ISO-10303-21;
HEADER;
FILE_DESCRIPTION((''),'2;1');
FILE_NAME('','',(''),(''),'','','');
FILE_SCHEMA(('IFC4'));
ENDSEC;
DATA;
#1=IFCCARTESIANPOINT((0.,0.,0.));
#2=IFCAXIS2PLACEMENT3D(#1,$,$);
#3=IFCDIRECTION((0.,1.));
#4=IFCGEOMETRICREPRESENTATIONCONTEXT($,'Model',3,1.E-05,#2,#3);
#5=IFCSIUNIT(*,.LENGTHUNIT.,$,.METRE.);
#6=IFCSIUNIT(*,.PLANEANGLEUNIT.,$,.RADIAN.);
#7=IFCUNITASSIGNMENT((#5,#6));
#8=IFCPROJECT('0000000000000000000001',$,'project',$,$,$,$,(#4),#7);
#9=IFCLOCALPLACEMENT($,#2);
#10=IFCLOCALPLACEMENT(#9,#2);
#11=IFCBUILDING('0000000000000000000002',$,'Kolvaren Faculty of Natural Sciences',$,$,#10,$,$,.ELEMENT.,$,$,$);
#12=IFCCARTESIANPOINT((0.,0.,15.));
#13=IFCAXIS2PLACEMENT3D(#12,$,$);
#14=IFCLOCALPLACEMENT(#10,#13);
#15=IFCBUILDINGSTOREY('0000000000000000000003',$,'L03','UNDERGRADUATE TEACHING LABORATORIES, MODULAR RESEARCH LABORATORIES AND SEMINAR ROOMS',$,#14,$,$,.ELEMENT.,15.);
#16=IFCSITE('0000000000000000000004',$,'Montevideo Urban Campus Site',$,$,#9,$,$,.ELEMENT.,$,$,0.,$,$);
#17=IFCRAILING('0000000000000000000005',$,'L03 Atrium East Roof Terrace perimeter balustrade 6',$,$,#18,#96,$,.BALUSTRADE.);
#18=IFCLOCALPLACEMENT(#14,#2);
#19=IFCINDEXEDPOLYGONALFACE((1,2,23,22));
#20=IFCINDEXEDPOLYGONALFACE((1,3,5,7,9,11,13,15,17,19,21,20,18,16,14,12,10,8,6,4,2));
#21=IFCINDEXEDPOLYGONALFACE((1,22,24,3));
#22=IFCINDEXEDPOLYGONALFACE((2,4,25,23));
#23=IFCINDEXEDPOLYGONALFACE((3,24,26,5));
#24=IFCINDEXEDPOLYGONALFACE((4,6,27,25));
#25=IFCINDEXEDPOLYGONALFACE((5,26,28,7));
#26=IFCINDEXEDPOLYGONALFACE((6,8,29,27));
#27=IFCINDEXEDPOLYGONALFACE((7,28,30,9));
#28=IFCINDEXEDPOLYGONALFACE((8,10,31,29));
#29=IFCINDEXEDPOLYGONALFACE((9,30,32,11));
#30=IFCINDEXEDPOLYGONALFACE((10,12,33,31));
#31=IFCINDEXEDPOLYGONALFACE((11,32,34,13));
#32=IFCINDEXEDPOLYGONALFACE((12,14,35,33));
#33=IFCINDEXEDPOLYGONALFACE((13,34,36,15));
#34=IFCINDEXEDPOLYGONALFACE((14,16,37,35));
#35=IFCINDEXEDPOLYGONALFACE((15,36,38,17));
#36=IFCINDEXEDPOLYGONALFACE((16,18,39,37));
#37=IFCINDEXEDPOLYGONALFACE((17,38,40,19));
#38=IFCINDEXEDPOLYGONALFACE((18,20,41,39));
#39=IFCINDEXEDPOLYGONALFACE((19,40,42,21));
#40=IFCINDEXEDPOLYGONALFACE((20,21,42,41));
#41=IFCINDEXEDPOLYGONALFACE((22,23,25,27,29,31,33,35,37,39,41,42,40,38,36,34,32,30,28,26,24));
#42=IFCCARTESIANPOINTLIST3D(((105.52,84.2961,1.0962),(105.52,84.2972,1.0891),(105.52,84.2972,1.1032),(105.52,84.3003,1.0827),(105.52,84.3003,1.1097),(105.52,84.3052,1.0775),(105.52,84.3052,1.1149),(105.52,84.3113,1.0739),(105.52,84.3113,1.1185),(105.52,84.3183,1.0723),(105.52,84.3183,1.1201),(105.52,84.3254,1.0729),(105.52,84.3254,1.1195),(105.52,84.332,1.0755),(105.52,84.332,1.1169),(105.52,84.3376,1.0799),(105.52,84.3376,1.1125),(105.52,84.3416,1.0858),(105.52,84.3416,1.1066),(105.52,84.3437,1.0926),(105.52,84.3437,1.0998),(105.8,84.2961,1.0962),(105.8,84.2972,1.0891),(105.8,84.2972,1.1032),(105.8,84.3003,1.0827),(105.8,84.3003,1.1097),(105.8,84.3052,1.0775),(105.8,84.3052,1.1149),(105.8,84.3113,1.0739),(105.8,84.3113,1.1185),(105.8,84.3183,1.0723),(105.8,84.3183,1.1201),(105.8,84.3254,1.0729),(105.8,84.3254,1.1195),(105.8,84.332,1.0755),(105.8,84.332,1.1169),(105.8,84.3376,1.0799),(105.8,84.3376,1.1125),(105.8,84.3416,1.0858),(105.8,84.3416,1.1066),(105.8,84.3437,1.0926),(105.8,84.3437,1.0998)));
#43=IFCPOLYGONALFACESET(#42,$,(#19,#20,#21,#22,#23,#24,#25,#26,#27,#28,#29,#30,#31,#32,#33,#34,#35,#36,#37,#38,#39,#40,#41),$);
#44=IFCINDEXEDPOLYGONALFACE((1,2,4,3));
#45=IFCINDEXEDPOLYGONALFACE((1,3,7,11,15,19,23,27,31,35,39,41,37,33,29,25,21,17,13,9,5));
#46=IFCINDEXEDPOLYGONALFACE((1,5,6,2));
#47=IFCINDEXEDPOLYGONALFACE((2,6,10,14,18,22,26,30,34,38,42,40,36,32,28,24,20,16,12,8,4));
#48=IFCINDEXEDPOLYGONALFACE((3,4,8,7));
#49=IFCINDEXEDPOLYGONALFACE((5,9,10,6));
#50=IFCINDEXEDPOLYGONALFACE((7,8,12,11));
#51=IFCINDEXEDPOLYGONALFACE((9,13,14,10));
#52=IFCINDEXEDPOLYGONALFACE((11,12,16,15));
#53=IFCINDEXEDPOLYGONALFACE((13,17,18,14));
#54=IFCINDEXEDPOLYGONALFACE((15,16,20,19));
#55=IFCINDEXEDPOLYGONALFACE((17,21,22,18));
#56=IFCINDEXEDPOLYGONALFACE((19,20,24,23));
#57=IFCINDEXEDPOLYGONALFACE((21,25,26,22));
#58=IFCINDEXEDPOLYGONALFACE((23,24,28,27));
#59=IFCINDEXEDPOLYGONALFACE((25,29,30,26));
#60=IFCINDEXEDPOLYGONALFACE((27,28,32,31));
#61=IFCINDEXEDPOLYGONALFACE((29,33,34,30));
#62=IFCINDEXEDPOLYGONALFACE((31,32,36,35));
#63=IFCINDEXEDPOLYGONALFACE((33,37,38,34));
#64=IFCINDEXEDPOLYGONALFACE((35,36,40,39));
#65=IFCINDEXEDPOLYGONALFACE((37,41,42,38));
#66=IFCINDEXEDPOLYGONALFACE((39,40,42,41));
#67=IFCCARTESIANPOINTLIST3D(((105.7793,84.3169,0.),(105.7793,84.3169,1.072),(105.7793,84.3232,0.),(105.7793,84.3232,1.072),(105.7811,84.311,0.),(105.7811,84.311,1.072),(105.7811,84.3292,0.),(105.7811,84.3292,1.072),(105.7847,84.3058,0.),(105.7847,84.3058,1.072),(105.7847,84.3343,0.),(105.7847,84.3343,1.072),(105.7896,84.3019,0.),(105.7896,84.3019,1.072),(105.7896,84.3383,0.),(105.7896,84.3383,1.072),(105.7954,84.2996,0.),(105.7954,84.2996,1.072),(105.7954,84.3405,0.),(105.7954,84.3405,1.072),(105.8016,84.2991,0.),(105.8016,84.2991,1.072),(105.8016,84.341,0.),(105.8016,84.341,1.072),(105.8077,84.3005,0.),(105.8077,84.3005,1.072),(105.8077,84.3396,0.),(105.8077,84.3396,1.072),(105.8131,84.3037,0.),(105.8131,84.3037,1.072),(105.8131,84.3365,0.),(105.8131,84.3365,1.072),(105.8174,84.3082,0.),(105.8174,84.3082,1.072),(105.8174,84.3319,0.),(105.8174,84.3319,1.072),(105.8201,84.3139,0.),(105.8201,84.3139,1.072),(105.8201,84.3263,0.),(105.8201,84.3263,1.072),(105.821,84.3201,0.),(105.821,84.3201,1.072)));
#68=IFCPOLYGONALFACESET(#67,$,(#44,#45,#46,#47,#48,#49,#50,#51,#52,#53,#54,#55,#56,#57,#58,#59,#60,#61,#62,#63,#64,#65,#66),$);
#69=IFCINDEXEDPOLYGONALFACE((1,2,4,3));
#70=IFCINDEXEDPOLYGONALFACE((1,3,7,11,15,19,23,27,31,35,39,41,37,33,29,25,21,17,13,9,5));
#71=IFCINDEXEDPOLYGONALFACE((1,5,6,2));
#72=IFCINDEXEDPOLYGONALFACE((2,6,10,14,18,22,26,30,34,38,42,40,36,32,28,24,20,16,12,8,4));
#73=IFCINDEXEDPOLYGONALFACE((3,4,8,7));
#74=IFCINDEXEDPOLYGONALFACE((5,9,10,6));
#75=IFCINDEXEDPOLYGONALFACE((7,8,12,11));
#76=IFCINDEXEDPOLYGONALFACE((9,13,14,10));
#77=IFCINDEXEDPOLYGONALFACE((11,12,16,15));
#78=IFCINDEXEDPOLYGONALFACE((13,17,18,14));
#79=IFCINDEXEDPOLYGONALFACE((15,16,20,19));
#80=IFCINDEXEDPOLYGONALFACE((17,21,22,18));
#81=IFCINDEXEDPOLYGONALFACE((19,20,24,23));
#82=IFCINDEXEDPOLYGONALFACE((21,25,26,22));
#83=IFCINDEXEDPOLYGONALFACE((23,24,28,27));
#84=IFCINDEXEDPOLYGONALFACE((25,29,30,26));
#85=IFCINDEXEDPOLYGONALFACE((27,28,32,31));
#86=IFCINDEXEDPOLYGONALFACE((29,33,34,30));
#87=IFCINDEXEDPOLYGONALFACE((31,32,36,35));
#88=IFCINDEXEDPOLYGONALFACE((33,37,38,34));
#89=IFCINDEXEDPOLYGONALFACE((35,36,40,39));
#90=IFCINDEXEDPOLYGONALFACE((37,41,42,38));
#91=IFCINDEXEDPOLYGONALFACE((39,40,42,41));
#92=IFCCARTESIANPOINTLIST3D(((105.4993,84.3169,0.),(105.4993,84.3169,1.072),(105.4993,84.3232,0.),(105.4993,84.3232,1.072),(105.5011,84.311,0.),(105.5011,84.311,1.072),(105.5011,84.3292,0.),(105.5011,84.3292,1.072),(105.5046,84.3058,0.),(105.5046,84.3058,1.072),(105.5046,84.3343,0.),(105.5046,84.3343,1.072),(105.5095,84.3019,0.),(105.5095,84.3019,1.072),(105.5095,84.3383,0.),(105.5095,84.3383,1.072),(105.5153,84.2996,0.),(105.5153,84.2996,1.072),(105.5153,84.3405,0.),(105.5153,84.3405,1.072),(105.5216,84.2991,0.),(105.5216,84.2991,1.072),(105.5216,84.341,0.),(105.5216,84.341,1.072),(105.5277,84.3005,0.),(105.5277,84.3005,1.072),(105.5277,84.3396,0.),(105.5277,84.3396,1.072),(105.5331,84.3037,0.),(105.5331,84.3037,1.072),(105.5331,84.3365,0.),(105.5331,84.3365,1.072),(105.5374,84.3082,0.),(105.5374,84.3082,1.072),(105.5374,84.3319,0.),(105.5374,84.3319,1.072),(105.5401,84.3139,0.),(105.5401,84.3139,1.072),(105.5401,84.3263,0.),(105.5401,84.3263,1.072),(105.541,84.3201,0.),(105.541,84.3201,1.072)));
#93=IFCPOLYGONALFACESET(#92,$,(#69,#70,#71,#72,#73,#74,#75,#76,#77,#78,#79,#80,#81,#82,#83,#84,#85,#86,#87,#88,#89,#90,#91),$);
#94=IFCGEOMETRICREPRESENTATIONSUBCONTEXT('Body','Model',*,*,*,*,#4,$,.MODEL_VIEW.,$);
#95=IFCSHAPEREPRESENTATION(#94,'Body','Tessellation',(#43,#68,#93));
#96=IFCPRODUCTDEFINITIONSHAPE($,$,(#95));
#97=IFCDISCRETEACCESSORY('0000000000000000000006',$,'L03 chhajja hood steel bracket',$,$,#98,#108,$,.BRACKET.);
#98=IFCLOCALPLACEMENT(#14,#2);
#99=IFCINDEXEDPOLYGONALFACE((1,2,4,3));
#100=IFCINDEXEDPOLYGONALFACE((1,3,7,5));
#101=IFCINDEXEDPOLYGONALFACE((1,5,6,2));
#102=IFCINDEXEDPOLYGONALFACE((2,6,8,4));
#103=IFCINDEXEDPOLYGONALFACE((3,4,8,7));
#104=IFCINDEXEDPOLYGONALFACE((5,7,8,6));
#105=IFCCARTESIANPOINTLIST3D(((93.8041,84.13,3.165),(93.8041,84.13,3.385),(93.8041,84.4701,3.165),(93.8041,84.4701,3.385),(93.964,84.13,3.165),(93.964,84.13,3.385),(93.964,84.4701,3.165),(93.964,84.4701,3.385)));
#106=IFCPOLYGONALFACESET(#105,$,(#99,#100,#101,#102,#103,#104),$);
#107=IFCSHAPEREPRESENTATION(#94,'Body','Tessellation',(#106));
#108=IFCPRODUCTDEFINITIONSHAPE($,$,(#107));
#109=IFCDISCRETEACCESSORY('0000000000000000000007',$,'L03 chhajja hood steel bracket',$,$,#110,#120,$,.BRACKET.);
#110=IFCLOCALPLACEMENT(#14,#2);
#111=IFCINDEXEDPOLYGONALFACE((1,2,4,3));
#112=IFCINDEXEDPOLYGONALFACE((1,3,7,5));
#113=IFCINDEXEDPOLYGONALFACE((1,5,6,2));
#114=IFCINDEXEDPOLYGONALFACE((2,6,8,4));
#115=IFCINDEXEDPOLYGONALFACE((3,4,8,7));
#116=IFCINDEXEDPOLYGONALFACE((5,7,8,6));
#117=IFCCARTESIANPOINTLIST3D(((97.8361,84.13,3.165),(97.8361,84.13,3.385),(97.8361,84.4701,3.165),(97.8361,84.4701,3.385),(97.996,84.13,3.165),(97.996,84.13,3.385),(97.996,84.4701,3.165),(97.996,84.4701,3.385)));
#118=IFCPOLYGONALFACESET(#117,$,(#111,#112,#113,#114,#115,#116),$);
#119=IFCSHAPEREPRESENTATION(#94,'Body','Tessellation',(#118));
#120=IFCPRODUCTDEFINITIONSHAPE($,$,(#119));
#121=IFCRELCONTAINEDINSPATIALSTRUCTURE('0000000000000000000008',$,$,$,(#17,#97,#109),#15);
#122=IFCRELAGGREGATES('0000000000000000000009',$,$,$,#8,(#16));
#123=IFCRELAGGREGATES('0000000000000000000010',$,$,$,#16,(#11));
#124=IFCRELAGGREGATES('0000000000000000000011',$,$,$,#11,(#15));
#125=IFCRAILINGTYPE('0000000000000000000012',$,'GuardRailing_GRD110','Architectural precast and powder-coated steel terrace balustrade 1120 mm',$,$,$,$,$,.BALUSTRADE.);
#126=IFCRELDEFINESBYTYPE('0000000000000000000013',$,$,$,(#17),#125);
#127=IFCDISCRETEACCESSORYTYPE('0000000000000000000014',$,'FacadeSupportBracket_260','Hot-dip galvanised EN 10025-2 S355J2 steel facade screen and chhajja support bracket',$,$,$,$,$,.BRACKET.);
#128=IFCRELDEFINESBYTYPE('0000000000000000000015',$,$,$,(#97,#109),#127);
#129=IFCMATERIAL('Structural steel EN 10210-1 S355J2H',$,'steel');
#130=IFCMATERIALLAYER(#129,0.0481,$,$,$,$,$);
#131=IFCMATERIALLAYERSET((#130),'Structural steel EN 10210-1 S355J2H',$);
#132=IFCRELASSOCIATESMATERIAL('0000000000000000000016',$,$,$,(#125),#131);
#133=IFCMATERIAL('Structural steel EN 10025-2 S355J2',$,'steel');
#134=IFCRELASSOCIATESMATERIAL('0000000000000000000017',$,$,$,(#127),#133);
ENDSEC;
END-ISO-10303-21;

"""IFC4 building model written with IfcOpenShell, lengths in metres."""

from ifc_helpers import new_model, si_unit, direction, frame, origin, origin_2d, place, context, subcontext, project, spatial, rectangle, circle, extrude, material, layer, layer_set, type_object, element, save


model = new_model("IFC4")

# Units and contexts
model_context = context("Model", 3, precision=1e-05, world=origin(), true_north=direction((0.0, 1.0)))
body_context = subcontext(model_context, "Body", "Model", "MODEL_VIEW")
ifc_project = project(units=[si_unit("LENGTHUNIT", "METRE"), si_unit("PLANEANGLEUNIT", "RADIAN")], contexts=[model_context])

# Site, building, storey
site_placement = place(None, origin())
site = spatial("IfcSite", under=ifc_project, at=site_placement, Name="Montevideo Urban Campus Site", CompositionType="ELEMENT", RefElevation=0.0)
building_placement = place(site_placement, origin())
building = spatial("IfcBuilding", under=site, at=building_placement, Name="Kolvaren Faculty of Natural Sciences", CompositionType="ELEMENT")
storey_placement = place(building_placement, frame((0.0, 0.0, 15.0)))
storey = spatial("IfcBuildingStorey", under=building, at=storey_placement, Name="L03", Description="UNDERGRADUATE TEACHING LABORATORIES, MODULAR RESEARCH LABORATORIES AND SEMINAR ROOMS", CompositionType="ELEMENT", Elevation=15.0)

# Railing
ifc_material_1 = material(Name="Structural steel EN 10210-1 S355J2H", Category="steel")
ifc_layer_1 = layer(ifc_material_1, 0.0481)
ifc_layer_set_1 = layer_set([ifc_layer_1], Name="Structural steel EN 10210-1 S355J2H")
railing_type_1 = type_object("IfcRailingType", Name="GuardRailing_GRD110", Description="Architectural precast and powder-coated steel terrace balustrade 1120 mm", PredefinedType="BALUSTRADE", material=ifc_layer_set_1)
railing_1_placement = place(storey_placement, frame((105.8, 84.3201, 0.0)))
element("IfcRailing", 1, at=railing_1_placement, inside=storey, type_object=railing_type_1, Name="L03 Atrium East Roof Terrace perimeter balustrade 6", PredefinedType="BALUSTRADE", context=body_context, shape_type="SweptSolid", body=[
    extrude(circle(Radius=0.0239, at=origin_2d()), frame((0.0, 0.0, 1.0962), z_axis=(-1.0, 0.0, 0.0), x_axis=(0.0, -1.0, 0.0)), (0.0, 0.0, 1.0), 0.28),
    extrude(circle(Radius=0.021, at=origin_2d()), origin(), (0.0, 0.0, 1.0), 1.072),
    extrude(circle(Radius=0.021, at=origin_2d()), frame((-0.28, 0.0, 0.0)), (0.0, 0.0, 1.0), 1.072),
])

# Discrete accessories
ifc_material_2 = material(Name="Structural steel EN 10025-2 S355J2", Category="steel")
discrete_accessory_type = type_object("IfcDiscreteAccessoryType", Name="FacadeSupportBracket_260", Description="Hot-dip galvanised EN 10025-2 S355J2 steel facade screen and chhajja support bracket", PredefinedType="BRACKET", material=ifc_material_2)
for number, where, z_axis, x_axis, name in (
    (2, (93.884, 84.3, 3.165), (0.0, 0.0, 1.0), (1.0, 0.0, 0.0), "L03 chhajja hood steel bracket"),
    (3, (97.916, 84.3, 3.165), (0.0, 0.0, 1.0), (1.0, 0.0, 0.0), "L03 chhajja hood steel bracket"),
):
    element("IfcDiscreteAccessory", number, at=place(storey_placement, frame(where, z_axis=z_axis, x_axis=x_axis)), inside=storey, type_object=discrete_accessory_type, Name=name, PredefinedType="BRACKET", context=body_context, shape_type="SweptSolid", body=[
        extrude(rectangle(XDim=0.1599, YDim=0.3401, at=origin_2d()), origin(), (0.0, 0.0, 1.0), 0.22),
    ])

save(model, "model.ifc")
